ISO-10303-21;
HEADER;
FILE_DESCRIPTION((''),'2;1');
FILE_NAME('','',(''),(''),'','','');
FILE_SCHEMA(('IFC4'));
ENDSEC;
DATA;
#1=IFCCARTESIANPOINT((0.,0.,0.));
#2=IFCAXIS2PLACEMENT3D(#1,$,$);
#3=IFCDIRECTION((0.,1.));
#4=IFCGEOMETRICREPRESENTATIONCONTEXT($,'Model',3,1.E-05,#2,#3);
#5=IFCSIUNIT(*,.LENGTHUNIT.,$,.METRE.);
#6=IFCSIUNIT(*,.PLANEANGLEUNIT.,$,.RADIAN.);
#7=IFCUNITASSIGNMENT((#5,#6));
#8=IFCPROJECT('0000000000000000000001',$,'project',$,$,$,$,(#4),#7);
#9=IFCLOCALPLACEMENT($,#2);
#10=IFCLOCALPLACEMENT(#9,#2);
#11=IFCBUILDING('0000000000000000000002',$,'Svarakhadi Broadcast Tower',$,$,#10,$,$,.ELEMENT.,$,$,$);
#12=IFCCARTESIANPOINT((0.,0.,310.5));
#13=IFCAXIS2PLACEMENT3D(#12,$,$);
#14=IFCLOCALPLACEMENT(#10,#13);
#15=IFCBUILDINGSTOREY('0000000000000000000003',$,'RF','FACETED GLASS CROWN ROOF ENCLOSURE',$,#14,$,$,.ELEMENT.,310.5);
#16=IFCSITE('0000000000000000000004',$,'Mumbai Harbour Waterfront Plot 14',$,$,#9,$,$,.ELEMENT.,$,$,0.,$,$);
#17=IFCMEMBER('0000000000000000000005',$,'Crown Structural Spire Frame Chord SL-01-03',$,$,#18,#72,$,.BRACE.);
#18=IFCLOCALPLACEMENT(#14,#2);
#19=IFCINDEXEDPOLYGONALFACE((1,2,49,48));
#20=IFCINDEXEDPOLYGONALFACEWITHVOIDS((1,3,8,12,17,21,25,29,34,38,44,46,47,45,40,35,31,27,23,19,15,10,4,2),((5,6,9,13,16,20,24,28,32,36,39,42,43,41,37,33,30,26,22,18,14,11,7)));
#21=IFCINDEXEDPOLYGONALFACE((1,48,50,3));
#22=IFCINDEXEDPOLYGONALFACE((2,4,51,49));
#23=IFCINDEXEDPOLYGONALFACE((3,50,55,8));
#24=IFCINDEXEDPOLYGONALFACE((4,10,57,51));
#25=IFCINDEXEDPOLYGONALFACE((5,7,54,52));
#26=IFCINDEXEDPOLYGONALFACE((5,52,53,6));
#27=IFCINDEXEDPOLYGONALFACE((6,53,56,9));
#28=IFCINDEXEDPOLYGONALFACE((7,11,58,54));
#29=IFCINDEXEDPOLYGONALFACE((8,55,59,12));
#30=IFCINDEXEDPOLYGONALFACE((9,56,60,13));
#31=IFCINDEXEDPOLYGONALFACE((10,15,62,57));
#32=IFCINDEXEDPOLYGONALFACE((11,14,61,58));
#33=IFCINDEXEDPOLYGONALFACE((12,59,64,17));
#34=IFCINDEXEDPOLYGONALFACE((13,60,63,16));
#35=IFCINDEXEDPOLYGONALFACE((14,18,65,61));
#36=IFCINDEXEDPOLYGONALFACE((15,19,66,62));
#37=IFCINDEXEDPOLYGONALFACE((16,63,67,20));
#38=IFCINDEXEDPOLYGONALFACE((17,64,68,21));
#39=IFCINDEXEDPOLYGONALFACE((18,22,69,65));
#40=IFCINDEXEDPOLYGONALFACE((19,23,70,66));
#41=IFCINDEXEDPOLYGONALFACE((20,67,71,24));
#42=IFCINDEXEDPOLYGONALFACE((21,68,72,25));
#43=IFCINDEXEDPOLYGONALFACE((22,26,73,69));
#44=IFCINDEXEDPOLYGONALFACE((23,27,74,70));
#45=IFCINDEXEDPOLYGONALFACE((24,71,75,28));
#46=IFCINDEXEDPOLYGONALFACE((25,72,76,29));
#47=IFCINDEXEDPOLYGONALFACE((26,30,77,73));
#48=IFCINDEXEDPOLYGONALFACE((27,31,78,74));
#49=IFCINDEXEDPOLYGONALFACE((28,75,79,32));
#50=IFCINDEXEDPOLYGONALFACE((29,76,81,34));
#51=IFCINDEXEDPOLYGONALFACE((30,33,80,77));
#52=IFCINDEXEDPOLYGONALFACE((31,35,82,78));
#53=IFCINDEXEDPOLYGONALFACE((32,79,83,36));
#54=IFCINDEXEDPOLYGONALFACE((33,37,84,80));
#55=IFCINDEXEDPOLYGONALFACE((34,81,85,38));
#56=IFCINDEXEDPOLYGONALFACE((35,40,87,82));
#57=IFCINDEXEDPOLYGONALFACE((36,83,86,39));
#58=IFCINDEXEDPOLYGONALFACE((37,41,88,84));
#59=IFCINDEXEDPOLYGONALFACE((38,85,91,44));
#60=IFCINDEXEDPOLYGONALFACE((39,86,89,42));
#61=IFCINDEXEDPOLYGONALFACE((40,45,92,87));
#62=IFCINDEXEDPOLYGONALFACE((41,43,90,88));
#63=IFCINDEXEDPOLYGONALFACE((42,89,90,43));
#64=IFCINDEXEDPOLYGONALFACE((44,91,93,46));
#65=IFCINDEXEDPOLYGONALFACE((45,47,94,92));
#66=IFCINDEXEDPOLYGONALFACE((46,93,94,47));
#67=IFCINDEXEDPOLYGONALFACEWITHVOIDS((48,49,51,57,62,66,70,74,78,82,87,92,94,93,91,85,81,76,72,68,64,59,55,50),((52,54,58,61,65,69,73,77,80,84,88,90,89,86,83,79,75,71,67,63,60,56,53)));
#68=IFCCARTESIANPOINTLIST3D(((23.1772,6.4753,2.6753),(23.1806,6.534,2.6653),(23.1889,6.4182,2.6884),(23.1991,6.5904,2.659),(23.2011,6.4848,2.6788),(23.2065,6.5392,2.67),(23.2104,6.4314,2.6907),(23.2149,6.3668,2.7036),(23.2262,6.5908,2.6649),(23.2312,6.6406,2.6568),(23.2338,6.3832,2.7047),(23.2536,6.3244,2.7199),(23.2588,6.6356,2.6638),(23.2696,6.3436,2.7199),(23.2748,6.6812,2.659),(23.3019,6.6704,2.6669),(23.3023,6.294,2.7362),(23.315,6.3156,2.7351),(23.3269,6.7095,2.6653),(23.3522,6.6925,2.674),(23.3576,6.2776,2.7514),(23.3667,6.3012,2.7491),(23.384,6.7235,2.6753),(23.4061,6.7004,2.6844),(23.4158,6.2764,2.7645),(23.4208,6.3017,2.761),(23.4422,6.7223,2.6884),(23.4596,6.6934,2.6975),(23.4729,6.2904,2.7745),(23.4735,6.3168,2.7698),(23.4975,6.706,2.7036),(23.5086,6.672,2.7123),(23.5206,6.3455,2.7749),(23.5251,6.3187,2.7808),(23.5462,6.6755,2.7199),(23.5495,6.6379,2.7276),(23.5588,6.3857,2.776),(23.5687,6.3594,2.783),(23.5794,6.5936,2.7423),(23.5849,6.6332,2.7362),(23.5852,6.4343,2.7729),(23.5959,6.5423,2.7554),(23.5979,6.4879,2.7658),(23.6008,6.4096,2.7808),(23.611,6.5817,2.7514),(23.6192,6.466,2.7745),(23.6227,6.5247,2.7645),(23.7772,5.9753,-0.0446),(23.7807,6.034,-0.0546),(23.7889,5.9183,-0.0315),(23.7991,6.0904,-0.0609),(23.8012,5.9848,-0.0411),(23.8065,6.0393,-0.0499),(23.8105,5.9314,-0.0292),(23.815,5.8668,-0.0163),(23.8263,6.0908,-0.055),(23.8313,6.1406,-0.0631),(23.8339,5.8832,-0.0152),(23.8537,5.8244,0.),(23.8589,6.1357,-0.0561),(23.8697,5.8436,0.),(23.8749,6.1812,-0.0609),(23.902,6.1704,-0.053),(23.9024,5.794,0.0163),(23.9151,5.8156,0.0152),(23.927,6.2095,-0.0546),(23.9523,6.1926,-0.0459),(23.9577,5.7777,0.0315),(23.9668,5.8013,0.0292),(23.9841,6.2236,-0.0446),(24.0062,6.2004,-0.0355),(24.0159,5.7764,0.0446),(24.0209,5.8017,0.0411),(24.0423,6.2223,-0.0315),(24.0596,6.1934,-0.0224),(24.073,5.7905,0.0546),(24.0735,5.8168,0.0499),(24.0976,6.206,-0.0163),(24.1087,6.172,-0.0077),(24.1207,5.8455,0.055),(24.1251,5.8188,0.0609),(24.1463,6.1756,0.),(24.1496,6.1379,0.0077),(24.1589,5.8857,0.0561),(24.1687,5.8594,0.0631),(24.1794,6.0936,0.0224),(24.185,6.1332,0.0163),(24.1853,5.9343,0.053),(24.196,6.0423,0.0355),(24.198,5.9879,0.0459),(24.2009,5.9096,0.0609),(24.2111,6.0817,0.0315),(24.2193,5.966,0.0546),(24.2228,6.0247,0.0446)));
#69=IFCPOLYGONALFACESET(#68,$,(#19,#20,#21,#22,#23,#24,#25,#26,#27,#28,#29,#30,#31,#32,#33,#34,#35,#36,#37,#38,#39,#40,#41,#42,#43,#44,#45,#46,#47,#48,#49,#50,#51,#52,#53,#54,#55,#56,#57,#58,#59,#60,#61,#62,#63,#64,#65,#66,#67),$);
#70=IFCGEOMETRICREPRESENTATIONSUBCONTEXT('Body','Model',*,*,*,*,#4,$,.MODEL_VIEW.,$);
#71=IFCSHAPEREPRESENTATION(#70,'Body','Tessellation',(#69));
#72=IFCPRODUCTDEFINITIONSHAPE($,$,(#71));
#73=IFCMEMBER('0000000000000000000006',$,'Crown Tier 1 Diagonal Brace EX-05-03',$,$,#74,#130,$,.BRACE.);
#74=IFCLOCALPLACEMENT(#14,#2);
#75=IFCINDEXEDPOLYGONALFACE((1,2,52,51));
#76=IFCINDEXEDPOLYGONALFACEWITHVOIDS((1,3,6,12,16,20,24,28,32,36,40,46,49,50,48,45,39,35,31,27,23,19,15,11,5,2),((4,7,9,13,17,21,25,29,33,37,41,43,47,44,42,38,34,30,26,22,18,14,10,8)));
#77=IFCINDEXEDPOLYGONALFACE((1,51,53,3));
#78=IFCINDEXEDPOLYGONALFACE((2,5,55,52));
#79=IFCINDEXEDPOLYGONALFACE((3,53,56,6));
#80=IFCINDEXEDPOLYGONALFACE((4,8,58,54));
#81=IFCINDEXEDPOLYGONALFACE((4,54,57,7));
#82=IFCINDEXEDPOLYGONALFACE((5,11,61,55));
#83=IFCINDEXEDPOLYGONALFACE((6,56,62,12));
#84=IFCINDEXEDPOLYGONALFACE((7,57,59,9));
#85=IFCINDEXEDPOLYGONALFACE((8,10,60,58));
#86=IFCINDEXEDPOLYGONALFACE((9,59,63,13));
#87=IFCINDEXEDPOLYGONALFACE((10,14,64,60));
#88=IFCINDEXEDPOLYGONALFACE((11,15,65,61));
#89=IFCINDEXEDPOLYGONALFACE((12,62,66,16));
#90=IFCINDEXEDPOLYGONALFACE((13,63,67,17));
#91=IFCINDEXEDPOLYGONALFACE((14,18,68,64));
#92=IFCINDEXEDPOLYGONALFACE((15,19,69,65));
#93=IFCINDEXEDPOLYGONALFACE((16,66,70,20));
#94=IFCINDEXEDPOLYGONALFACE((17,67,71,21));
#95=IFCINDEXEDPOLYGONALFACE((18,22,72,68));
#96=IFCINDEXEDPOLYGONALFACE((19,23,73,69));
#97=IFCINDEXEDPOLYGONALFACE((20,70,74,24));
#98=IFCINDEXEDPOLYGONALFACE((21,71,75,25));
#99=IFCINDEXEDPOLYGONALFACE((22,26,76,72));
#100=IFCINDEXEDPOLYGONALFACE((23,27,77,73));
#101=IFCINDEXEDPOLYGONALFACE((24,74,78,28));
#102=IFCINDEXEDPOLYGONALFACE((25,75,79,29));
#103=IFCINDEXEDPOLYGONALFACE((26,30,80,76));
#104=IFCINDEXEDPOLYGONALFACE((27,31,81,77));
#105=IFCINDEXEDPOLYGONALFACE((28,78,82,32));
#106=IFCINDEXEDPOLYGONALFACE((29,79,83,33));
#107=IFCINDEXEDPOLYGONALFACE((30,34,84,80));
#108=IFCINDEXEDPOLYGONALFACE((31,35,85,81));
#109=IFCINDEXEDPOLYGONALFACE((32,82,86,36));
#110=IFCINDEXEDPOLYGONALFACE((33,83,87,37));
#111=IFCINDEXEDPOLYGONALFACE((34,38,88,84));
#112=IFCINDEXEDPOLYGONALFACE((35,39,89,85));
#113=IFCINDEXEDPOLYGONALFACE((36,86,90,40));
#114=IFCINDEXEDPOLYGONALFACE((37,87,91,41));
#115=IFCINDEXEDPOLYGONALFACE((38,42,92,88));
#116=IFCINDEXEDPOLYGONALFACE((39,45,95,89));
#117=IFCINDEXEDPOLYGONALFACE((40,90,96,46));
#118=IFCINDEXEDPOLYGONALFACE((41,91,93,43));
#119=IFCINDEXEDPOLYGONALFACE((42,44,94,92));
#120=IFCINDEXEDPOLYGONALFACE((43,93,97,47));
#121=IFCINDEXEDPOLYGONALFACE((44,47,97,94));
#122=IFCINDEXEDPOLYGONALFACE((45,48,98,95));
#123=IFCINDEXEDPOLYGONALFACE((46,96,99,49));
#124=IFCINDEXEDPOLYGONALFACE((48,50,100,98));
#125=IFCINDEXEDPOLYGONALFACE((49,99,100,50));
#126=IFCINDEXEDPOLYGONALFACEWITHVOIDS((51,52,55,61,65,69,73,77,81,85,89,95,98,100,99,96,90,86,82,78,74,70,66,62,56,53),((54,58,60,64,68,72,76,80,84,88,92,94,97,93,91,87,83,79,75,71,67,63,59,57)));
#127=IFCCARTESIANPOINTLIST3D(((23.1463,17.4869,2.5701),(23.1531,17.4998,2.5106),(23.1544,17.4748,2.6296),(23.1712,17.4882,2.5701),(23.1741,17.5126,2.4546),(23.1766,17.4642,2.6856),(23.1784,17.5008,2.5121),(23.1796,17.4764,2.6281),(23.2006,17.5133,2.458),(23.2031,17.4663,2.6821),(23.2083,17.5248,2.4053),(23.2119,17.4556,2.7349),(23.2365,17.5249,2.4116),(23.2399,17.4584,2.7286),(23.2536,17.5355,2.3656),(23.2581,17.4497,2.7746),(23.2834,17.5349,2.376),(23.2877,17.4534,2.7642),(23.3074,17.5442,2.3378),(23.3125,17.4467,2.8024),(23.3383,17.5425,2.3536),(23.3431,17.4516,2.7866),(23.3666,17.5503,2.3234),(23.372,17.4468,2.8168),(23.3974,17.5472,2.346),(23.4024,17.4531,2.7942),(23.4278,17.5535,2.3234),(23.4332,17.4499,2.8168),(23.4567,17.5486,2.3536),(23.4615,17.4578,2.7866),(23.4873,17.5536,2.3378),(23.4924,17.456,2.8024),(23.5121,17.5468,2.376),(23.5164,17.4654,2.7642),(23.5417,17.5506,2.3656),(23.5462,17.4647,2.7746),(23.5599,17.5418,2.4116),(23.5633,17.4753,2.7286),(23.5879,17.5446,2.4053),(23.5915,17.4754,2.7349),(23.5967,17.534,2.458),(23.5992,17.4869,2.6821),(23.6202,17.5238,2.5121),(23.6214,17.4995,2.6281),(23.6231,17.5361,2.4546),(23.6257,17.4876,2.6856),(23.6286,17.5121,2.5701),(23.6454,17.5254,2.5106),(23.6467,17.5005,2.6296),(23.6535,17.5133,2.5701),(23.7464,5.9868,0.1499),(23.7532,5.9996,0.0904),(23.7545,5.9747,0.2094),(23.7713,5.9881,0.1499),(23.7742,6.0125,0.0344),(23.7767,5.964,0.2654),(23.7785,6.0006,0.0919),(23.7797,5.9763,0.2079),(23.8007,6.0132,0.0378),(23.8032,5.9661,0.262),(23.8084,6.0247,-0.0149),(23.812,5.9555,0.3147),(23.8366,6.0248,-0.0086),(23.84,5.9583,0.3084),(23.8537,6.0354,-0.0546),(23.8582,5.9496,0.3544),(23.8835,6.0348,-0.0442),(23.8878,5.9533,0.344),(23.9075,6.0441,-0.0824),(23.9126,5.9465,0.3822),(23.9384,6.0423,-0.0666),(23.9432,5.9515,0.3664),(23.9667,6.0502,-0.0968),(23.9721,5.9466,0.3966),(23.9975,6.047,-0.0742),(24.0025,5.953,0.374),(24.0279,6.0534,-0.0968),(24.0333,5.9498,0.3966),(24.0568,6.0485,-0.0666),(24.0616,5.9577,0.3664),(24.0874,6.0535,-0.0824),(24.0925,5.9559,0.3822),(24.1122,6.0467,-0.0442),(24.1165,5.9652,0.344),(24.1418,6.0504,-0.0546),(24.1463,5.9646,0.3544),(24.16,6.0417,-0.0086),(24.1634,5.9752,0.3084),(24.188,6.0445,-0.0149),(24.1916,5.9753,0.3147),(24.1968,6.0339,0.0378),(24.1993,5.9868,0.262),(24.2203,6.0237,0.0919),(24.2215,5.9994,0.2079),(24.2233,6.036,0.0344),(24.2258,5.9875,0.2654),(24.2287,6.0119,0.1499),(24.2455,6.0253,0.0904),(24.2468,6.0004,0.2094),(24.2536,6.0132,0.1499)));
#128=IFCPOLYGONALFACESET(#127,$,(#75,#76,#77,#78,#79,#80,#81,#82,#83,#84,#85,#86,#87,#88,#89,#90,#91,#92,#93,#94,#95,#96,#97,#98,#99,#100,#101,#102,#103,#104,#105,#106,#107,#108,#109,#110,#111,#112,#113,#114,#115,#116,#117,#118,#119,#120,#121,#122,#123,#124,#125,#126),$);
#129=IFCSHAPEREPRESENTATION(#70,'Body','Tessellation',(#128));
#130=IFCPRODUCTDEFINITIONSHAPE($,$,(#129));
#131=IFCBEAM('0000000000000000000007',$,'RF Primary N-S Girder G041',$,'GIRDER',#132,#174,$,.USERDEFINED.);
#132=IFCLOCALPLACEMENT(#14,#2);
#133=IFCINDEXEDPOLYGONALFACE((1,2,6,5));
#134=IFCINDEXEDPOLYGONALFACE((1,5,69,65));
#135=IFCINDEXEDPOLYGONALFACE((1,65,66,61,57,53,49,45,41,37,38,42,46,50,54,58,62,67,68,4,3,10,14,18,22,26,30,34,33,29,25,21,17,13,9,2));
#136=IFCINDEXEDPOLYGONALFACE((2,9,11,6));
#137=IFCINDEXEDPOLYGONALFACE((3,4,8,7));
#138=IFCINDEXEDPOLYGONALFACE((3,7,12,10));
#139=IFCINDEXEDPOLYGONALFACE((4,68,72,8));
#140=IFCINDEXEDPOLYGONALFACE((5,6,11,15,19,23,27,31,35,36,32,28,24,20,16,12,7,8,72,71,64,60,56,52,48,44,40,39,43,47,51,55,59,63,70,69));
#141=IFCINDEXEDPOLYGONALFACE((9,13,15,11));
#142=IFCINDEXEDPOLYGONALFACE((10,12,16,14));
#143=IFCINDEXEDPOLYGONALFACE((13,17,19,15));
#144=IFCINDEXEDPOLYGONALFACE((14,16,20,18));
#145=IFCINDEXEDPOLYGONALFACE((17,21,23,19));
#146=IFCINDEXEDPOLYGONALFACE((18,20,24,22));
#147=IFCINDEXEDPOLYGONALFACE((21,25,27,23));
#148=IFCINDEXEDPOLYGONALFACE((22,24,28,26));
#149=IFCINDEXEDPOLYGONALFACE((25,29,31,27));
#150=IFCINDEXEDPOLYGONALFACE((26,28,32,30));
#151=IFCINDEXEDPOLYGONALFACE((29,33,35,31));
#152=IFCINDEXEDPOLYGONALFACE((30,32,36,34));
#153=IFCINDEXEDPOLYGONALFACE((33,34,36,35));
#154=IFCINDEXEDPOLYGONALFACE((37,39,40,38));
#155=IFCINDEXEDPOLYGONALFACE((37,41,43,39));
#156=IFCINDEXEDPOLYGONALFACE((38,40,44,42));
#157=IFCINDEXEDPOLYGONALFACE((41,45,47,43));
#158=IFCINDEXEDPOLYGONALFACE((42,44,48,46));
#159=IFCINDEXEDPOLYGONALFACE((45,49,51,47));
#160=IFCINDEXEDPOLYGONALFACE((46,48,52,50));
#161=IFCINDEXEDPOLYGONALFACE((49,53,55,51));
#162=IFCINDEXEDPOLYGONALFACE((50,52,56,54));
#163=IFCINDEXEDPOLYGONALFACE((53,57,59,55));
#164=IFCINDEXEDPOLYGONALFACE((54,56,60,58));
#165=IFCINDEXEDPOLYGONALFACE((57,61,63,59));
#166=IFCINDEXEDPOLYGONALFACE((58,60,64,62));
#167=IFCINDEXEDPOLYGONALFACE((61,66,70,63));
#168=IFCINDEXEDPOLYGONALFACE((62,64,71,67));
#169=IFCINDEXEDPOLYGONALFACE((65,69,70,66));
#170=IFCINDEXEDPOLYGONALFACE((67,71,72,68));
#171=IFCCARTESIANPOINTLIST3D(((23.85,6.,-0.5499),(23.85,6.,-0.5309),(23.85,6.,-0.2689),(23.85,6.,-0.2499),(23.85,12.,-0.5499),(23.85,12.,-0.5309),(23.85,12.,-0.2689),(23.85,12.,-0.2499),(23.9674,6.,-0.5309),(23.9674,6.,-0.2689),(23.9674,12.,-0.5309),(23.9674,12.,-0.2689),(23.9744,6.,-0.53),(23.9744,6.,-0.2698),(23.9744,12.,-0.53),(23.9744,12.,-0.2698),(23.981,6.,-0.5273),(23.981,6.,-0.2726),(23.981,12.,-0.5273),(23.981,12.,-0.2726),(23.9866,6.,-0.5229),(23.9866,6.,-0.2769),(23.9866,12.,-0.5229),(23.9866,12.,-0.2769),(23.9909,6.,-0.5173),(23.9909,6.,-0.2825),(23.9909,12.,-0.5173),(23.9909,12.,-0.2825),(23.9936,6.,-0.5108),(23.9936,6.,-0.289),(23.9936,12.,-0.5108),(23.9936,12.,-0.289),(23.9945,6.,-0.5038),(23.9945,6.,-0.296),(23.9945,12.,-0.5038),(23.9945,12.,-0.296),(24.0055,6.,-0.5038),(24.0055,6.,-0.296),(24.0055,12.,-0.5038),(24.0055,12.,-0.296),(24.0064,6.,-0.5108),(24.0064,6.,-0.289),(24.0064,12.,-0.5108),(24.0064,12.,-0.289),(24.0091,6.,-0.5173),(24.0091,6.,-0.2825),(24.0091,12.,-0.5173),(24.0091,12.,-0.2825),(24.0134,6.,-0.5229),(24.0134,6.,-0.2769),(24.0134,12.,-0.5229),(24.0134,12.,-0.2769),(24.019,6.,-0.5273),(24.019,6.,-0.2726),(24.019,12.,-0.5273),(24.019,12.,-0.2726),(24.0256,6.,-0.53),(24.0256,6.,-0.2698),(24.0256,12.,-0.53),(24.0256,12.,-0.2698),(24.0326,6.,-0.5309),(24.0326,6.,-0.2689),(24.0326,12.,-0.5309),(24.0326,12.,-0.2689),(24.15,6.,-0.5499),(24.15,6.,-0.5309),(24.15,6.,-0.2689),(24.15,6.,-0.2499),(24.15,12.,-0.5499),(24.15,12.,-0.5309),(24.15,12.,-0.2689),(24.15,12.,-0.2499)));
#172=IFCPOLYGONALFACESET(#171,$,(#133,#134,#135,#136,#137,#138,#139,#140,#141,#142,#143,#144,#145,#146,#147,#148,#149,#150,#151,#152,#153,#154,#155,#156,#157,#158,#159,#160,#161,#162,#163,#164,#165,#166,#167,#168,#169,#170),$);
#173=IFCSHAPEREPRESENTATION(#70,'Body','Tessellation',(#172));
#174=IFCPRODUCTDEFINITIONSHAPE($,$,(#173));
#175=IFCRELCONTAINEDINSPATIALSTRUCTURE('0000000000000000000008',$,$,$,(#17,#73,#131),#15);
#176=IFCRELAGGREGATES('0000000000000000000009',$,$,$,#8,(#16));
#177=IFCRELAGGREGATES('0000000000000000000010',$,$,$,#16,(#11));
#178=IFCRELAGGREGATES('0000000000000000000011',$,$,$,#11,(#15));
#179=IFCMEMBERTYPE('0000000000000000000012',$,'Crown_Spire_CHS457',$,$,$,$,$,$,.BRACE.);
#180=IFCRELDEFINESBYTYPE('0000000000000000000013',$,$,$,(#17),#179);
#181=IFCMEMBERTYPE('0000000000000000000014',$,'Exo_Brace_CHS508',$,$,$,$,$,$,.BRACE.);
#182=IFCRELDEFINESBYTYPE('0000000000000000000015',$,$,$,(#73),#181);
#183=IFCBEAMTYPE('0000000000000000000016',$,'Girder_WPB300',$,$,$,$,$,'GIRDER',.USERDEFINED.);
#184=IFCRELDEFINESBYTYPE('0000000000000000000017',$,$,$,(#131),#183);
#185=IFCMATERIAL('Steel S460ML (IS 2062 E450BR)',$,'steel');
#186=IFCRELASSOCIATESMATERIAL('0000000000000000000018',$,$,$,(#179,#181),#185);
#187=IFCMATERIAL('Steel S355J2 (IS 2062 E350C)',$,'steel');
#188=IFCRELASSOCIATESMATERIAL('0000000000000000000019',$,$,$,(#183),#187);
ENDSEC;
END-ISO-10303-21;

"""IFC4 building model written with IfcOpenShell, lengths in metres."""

from ifc_helpers import new_model, si_unit, direction, frame, origin, origin_2d, place, context, subcontext, project, spatial, hollow_circle, i_section, extrude, material, material_profile, profile_set, type_object, element, save


model = new_model("IFC4")

# Units and contexts
model_context = context("Model", 3, precision=1e-05, world=origin(), true_north=direction((0.0, 1.0)))
body_context = subcontext(model_context, "Body", "Model", "MODEL_VIEW")
ifc_project = project(units=[si_unit("LENGTHUNIT", "METRE"), si_unit("PLANEANGLEUNIT", "RADIAN")], contexts=[model_context])

# Site, building, storey
site_placement = place(None, origin())
site = spatial("IfcSite", under=ifc_project, at=site_placement, Name="Mumbai Harbour Waterfront Plot 14", CompositionType="ELEMENT", RefElevation=0.0)
building_placement = place(site_placement, origin())
building = spatial("IfcBuilding", under=site, at=building_placement, Name="Svarakhadi Broadcast Tower", CompositionType="ELEMENT")
storey_placement = place(building_placement, frame((0.0, 0.0, 310.5)))
storey = spatial("IfcBuildingStorey", under=building, at=storey_placement, Name="RF", Description="FACETED GLASS CROWN ROOF ENCLOSURE", CompositionType="ELEMENT", Elevation=310.5)

# Members
ifc_material_1 = material(Name="Steel S460ML (IS 2062 E450BR)", Category="steel")
ifc_material_profile_1 = material_profile(ifc_material_1, hollow_circle(Radius=0.2285, WallThickness=0.0249, at=origin_2d()), Name="CHS 457x25")
ifc_profile_set_1 = profile_set([ifc_material_profile_1], Name="Steel S460ML (IS 2062 E450BR)")
member_type_1 = type_object("IfcMemberType", Name="Crown_Spire_CHS457", PredefinedType="BRACE", material=ifc_profile_set_1)
member_1_placement = place(storey_placement, frame((24.0, 6.0, 0.0), z_axis=(-0.212056, 0.176684, 0.961153), x_axis=(-0.640123, -0.768273, 0.0)))
element("IfcMember", 1, at=member_1_placement, inside=storey, type_object=member_type_1, Name="Crown Structural Spire Frame Chord SL-01-03", PredefinedType="BRACE", context=body_context, shape_type="SweptSolid", body=[
    extrude(hollow_circle(Radius=0.2285, WallThickness=0.0249, at=origin_2d()), origin(), (0.0, 0.0, 1.0), 2.8298),
])
ifc_material_profile_2 = material_profile(ifc_material_1, hollow_circle(Radius=0.2539, WallThickness=0.0249, at=origin_2d()), Name="CHS 508x25")
ifc_profile_set_2 = profile_set([ifc_material_profile_2], Name="Steel S460ML (IS 2062 E450BR)")
member_type_2 = type_object("IfcMemberType", Name="Exo_Brace_CHS508", PredefinedType="BRACE", material=ifc_profile_set_2)
member_2_placement = place(storey_placement, frame((24.0, 6.0, 0.1499), z_axis=(-0.050997, 0.977292, 0.20567), x_axis=(-0.998641, -0.052112, 0.0)))
element("IfcMember", 2, at=member_2_placement, inside=storey, type_object=member_type_2, Name="Crown Tier 1 Diagonal Brace EX-05-03", PredefinedType="BRACE", context=body_context, shape_type="SweptSolid", body=[
    extrude(hollow_circle(Radius=0.2539, WallThickness=0.0249, at=origin_2d()), origin(), (0.0, 0.0, 1.0), 11.7673),
])

# Beam
ifc_material_2 = material(Name="Steel S355J2 (IS 2062 E350C)", Category="steel")
ifc_material_profile_3 = material_profile(ifc_material_2, i_section(OverallWidth=0.3, OverallDepth=0.3, WebThickness=0.011, FlangeThickness=0.019, FilletRadius=0.0271, at=origin_2d()), Name="WPB 300x300x117")
ifc_profile_set_3 = profile_set([ifc_material_profile_3], Name="Steel S355J2 (IS 2062 E350C)")
beam_type_1 = type_object("IfcBeamType", Name="Girder_WPB300", ElementType="GIRDER", PredefinedType="USERDEFINED", material=ifc_profile_set_3)
beam_1_placement = place(storey_placement, frame((24.0, 6.0, -0.3999), z_axis=(0.0, 1.0, 0.0), x_axis=(-1.0, 0.0, 0.0)))
element("IfcBeam", 3, at=beam_1_placement, inside=storey, type_object=beam_type_1, Name="RF Primary N-S Girder G041", ObjectType="GIRDER", PredefinedType="USERDEFINED", context=body_context, shape_type="SweptSolid", body=[
    extrude(i_section(OverallWidth=0.3, OverallDepth=0.3, WebThickness=0.011, FlangeThickness=0.019, FilletRadius=0.0271, at=origin_2d()), origin(), (0.0, 0.0, 1.0), 6.0),
])

save(model, "model.ifc")
